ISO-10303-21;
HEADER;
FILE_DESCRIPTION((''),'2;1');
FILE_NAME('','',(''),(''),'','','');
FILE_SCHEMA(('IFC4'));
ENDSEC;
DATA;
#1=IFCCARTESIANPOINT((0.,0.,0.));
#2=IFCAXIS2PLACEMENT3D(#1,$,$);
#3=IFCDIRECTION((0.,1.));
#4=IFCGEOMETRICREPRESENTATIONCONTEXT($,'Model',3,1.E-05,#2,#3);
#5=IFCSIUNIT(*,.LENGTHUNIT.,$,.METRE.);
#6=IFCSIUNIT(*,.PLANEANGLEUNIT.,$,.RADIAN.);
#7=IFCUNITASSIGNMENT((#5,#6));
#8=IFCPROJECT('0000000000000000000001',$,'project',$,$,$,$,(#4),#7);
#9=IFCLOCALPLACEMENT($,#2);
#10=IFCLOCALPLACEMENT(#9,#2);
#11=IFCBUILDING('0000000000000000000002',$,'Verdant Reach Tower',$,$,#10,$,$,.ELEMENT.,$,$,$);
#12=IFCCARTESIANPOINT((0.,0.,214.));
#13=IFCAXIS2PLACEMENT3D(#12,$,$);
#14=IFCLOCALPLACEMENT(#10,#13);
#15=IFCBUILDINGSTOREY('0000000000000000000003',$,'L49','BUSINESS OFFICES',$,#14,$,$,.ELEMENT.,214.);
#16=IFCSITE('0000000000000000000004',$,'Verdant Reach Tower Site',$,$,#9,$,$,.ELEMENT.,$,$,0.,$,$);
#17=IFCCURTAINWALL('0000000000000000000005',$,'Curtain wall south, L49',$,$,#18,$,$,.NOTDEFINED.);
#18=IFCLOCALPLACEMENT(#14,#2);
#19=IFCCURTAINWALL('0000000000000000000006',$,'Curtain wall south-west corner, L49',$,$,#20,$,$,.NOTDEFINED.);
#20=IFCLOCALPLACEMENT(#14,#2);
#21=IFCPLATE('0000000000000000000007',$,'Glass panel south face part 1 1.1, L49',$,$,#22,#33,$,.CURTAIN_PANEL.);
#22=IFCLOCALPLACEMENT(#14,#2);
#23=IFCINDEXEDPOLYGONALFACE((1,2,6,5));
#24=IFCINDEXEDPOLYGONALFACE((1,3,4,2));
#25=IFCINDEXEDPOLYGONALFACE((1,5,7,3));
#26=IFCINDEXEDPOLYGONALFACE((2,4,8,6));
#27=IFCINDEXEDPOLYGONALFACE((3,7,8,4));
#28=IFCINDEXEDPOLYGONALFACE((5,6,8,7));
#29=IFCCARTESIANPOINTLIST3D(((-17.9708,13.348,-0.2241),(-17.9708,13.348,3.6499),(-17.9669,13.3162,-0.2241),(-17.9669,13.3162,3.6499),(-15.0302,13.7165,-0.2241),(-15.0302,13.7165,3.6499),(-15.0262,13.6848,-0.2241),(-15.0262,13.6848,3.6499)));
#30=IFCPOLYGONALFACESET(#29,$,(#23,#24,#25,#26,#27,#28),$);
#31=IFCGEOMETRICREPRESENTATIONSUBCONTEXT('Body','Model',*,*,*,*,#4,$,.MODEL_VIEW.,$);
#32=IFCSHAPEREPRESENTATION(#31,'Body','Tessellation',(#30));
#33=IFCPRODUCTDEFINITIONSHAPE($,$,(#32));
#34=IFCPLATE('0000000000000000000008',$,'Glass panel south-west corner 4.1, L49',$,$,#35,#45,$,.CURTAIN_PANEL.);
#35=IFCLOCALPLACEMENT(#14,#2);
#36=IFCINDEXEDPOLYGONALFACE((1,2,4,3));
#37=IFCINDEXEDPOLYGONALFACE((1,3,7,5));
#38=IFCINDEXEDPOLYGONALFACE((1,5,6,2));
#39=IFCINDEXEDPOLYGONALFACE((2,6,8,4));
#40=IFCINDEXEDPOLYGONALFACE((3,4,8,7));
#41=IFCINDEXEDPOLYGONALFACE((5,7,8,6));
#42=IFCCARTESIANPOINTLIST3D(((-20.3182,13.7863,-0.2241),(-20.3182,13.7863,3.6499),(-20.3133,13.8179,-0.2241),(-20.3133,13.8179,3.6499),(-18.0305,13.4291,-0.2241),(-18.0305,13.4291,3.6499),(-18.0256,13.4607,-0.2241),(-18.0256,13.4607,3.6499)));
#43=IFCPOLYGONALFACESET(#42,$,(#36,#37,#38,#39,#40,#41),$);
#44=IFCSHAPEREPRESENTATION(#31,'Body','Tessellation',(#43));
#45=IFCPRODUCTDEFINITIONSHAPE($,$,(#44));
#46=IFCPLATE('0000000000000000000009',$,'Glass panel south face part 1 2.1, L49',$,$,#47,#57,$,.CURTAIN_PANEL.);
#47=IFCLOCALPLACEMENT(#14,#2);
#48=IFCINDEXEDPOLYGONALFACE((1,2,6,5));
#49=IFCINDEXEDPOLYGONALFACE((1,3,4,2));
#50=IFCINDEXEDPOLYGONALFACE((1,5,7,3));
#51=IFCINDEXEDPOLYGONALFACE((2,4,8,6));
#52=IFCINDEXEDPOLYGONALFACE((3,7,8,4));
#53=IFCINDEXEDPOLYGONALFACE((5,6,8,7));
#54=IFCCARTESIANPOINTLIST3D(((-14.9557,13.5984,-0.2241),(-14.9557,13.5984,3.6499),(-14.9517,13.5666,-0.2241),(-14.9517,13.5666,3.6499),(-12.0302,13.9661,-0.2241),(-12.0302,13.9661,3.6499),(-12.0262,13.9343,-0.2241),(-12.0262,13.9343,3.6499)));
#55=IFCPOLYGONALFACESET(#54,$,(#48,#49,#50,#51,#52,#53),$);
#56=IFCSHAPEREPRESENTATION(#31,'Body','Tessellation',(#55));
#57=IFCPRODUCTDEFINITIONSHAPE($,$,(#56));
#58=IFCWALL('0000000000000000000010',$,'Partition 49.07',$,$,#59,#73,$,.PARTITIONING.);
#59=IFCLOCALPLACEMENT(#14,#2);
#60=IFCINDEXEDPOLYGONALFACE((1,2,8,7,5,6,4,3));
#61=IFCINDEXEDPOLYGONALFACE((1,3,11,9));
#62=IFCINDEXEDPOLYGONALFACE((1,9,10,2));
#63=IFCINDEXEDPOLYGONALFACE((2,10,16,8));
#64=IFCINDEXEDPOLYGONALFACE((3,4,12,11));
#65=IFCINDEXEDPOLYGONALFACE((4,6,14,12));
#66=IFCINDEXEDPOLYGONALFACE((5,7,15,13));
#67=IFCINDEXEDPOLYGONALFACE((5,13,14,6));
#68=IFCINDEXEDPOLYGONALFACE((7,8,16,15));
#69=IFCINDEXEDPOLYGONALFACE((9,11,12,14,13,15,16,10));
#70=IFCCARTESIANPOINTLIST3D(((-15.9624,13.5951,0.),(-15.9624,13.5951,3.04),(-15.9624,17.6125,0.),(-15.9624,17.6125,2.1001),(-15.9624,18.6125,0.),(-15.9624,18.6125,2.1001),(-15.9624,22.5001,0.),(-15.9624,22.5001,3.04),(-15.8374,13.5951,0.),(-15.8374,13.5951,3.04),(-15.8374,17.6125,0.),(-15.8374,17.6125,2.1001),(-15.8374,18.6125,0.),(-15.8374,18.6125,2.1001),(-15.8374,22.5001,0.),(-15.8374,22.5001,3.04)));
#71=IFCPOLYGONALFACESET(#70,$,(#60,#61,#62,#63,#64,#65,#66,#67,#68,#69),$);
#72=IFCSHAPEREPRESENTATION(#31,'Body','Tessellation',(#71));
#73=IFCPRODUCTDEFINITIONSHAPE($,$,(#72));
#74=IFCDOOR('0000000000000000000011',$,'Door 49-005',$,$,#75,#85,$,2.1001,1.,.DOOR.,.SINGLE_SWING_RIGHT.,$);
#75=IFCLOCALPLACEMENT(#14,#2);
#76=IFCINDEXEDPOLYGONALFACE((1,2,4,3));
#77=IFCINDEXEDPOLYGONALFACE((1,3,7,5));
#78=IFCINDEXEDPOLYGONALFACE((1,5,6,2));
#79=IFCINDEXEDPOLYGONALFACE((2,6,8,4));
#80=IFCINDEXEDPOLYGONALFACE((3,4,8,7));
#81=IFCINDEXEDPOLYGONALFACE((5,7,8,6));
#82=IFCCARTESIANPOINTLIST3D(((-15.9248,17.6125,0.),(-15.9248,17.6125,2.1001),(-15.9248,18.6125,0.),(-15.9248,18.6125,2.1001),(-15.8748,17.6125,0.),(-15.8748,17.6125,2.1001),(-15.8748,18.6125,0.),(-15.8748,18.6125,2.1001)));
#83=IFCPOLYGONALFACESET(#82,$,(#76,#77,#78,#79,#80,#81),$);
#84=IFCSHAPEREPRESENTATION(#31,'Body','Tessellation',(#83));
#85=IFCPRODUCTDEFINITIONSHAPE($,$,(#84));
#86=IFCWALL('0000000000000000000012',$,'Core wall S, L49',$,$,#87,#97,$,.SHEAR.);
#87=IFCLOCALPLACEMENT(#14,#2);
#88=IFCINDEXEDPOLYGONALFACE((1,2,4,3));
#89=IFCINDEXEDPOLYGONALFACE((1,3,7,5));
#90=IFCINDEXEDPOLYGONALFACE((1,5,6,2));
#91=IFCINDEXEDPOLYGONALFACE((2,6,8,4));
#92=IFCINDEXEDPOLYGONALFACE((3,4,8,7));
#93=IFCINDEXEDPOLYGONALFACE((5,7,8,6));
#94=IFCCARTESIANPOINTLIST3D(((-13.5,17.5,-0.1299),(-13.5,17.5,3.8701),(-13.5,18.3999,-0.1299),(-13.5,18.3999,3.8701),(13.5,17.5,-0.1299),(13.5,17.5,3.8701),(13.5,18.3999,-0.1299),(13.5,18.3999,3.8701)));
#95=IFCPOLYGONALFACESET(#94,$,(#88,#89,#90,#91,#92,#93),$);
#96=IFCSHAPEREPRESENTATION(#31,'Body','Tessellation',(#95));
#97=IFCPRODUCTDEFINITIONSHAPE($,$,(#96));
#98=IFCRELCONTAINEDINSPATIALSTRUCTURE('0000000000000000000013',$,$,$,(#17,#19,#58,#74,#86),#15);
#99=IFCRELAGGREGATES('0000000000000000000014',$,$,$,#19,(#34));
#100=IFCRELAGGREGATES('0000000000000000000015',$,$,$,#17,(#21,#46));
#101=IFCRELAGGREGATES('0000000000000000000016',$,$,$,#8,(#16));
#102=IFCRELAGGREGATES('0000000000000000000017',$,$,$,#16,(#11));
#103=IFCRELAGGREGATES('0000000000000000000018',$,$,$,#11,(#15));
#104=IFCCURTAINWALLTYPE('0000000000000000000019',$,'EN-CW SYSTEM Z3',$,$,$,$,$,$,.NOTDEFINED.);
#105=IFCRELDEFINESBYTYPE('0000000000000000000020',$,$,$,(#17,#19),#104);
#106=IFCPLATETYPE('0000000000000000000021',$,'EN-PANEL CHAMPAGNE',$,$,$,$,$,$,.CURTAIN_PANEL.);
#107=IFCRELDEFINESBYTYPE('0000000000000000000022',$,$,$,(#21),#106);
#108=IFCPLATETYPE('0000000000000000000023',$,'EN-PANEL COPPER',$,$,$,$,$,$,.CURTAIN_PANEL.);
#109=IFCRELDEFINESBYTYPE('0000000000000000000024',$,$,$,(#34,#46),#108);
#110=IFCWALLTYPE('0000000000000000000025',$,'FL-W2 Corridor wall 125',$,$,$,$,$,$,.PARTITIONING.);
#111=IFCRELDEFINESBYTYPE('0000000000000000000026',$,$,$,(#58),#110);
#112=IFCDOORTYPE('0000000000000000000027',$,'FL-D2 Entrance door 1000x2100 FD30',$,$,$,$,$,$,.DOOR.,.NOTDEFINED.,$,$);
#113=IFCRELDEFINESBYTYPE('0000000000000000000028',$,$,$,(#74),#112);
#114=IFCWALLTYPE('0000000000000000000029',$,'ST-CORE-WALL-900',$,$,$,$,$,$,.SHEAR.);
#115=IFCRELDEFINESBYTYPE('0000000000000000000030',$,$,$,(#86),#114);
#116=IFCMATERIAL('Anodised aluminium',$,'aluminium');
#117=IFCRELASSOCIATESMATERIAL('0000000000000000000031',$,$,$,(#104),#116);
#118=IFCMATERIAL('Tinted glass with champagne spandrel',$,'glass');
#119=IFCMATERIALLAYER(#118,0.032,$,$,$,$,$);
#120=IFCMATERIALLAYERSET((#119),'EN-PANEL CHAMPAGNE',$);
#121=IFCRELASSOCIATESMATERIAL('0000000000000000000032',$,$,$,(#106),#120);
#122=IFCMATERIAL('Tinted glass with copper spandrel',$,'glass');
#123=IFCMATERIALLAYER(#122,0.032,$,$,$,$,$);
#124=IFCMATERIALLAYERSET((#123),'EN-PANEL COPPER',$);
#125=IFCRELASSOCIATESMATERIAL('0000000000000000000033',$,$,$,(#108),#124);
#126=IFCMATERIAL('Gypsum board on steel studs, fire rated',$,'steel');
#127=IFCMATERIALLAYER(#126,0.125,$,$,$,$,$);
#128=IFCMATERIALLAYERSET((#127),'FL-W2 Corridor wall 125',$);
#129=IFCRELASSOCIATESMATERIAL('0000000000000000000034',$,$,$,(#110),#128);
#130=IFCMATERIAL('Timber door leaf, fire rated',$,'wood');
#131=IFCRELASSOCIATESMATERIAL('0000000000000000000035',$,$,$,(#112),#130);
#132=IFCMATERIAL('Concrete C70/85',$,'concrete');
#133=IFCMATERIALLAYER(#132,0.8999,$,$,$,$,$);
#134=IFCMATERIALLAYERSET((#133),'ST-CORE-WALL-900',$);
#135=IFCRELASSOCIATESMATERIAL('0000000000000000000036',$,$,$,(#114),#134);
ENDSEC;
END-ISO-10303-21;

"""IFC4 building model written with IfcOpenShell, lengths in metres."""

from ifc_helpers import new_model, si_unit, direction, frame, frame_2d, origin, origin_2d, place, context, subcontext, project, spatial, rectangle, extrude, material, layer, layer_set, type_object, element, fill, aggregate, save


model = new_model("IFC4")

# Units and contexts
model_context = context("Model", 3, precision=1e-05, world=origin(), true_north=direction((0.0, 1.0)))
body_context = subcontext(model_context, "Body", "Model", "MODEL_VIEW")
ifc_project = project(units=[si_unit("LENGTHUNIT", "METRE"), si_unit("PLANEANGLEUNIT", "RADIAN")], contexts=[model_context])

# Site, building, storey
site_placement = place(None, origin())
site = spatial("IfcSite", under=ifc_project, at=site_placement, Name="Verdant Reach Tower Site", CompositionType="ELEMENT", RefElevation=0.0)
building_placement = place(site_placement, origin())
building = spatial("IfcBuilding", under=site, at=building_placement, Name="Verdant Reach Tower", CompositionType="ELEMENT")
storey_placement = place(building_placement, frame((0.0, 0.0, 214.0)))
storey = spatial("IfcBuildingStorey", under=building, at=storey_placement, Name="L49", Description="BUSINESS OFFICES", CompositionType="ELEMENT", Elevation=214.0)

# Curtain wall
ifc_material_1 = material(Name="Anodised aluminium", Category="aluminium")
curtain_wall_type = type_object("IfcCurtainWallType", Name="EN-CW SYSTEM Z3", PredefinedType="NOTDEFINED", material=ifc_material_1)
curtain_wall_1_placement = place(storey_placement, origin())
curtain_wall_1 = element("IfcCurtainWall", 1, at=curtain_wall_1_placement, inside=storey, type_object=curtain_wall_type, Name="Curtain wall south, L49", PredefinedType="NOTDEFINED")

# Curtain wall
curtain_wall_2_placement = place(storey_placement, origin())
curtain_wall_2 = element("IfcCurtainWall", 2, at=curtain_wall_2_placement, inside=storey, type_object=curtain_wall_type, Name="Curtain wall south-west corner, L49", PredefinedType="NOTDEFINED")
ifc_material_2 = material(Name="Tinted glass with champagne spandrel", Category="glass")
ifc_layer_1 = layer(ifc_material_2, 0.032)
ifc_layer_set_1 = layer_set([ifc_layer_1], Name="EN-PANEL CHAMPAGNE")
plate_type_1 = type_object("IfcPlateType", Name="EN-PANEL CHAMPAGNE", PredefinedType="CURTAIN_PANEL", material=ifc_layer_set_1)

# Plates
plate_1_placement = place(storey_placement, frame((-16.4985, 13.5164, -0.2241), z_axis=(0.0, 0.0, 1.0), x_axis=(0.992238, 0.124355, 0.0)))
plate_1 = element("IfcPlate", 3, at=plate_1_placement, type_object=plate_type_1, Name="Glass panel south face part 1 1.1, L49", PredefinedType="CURTAIN_PANEL", context=body_context, shape_type="SweptSolid", body=[
    extrude(rectangle(XDim=2.9636, YDim=0.032, at=origin_2d()), origin(), (0.0, 0.0, 1.0), 3.874),
])
ifc_material_3 = material(Name="Tinted glass with copper spandrel", Category="glass")
ifc_layer_2 = layer(ifc_material_3, 0.032)
ifc_layer_set_2 = layer_set([ifc_layer_2], Name="EN-PANEL COPPER")
plate_type_2 = type_object("IfcPlateType", Name="EN-PANEL COPPER", PredefinedType="CURTAIN_PANEL", material=ifc_layer_set_2)
plate_2_placement = place(storey_placement, frame((-19.1719, 13.6235, -0.2241), z_axis=(0.0, 0.0, 1.0), x_axis=(0.988029, -0.154268, 0.0)))
plate_2 = element("IfcPlate", 4, at=plate_2_placement, type_object=plate_type_2, Name="Glass panel south-west corner 4.1, L49", PredefinedType="CURTAIN_PANEL", context=body_context, shape_type="SweptSolid", body=[
    extrude(rectangle(XDim=2.3154, YDim=0.032, at=origin_2d()), origin(), (0.0, 0.0, 1.0), 3.874),
])
aggregate(curtain_wall_2, [plate_2])
plate_3_placement = place(storey_placement, frame((-13.491, 13.7664, -0.2241), z_axis=(0.0, 0.0, 1.0), x_axis=(0.992194, 0.124704, 0.0)))
plate_3 = element("IfcPlate", 5, at=plate_3_placement, type_object=plate_type_2, Name="Glass panel south face part 1 2.1, L49", PredefinedType="CURTAIN_PANEL", context=body_context, shape_type="SweptSolid", body=[
    extrude(rectangle(XDim=2.9485, YDim=0.032, at=origin_2d()), origin(), (0.0, 0.0, 1.0), 3.874),
])
aggregate(curtain_wall_1, [plate_1, plate_3])

# Wall, opening, door
ifc_material_4 = material(Name="Gypsum board on steel studs, fire rated", Category="steel")
ifc_layer_3 = layer(ifc_material_4, 0.125)
ifc_layer_set_3 = layer_set([ifc_layer_3], Name="FL-W2 Corridor wall 125")
wall_type_1 = type_object("IfcWallType", Name="FL-W2 Corridor wall 125", PredefinedType="PARTITIONING", material=ifc_layer_set_3)
wall_1_placement = place(storey_placement, frame((-15.8999, 13.595, 0.0), z_axis=(0.0, 0.0, 1.0), x_axis=(0.0, 1.0, 0.0)))
wall_1 = element("IfcWall", 6, at=wall_1_placement, inside=storey, type_object=wall_type_1, Name="Partition 49.07", PredefinedType="PARTITIONING", context=body_context, shape_type="SweptSolid", body=[
    extrude(rectangle(XDim=8.905, YDim=0.125, at=frame_2d((4.4526, 0.0))), origin(), (0.0, 0.0, 1.0), 3.04),
])
opening_placement = place(wall_1_placement, frame((4.0176, 0.0, 0.0)))
opening = element("IfcOpeningElement", 7, at=opening_placement, cuts=wall_1, PredefinedType="OPENING", context=body_context, shape_type="SweptSolid", body=[
    extrude(rectangle(XDim=1.0, YDim=2.1001, at=frame_2d((0.5, 1.05))), frame((0.0, 0.0725, 0.0), z_axis=(0.0, -1.0, 0.0), x_axis=(1.0, 0.0, 0.0)), (0.0, 0.0, 1.0), 0.145),
])
ifc_material_5 = material(Name="Timber door leaf, fire rated", Category="wood")
door_type = type_object("IfcDoorType", Name="FL-D2 Entrance door 1000x2100 FD30", OperationType="NOTDEFINED", PredefinedType="DOOR", material=ifc_material_5)
door_placement = place(opening_placement, origin())
door = element("IfcDoor", 8, at=door_placement, inside=storey, type_object=door_type, Name="Door 49-005", OperationType="SINGLE_SWING_RIGHT", OverallHeight=2.1001, OverallWidth=1.0, PredefinedType="DOOR", context=body_context, shape_type="SweptSolid", body=[
    extrude(rectangle(XDim=1.0, YDim=2.1001, at=frame_2d((0.5, 1.05))), frame((0.0, 0.0249, 0.0), z_axis=(0.0, -1.0, 0.0), x_axis=(1.0, 0.0, 0.0)), (0.0, 0.0, 1.0), 0.05),
])
fill(opening, door)

# Wall
ifc_material_6 = material(Name="Concrete C70/85", Category="concrete")
ifc_layer_4 = layer(ifc_material_6, 0.8999)
ifc_layer_set_4 = layer_set([ifc_layer_4], Name="ST-CORE-WALL-900")
wall_type_2 = type_object("IfcWallType", Name="ST-CORE-WALL-900", PredefinedType="SHEAR", material=ifc_layer_set_4)
wall_2_placement = place(storey_placement, frame((-13.5, 17.95, -0.1299), z_axis=(0.0, 0.0, 1.0), x_axis=(1.0, 0.0, 0.0)))
element("IfcWall", 9, at=wall_2_placement, inside=storey, type_object=wall_type_2, Name="Core wall S, L49", PredefinedType="SHEAR", context=body_context, shape_type="SweptSolid", body=[
    extrude(rectangle(XDim=27.0, YDim=0.8999, at=frame_2d((13.5, 0.0))), origin(), (0.0, 0.0, 1.0), 4.0),
])

save(model, "model.ifc")
